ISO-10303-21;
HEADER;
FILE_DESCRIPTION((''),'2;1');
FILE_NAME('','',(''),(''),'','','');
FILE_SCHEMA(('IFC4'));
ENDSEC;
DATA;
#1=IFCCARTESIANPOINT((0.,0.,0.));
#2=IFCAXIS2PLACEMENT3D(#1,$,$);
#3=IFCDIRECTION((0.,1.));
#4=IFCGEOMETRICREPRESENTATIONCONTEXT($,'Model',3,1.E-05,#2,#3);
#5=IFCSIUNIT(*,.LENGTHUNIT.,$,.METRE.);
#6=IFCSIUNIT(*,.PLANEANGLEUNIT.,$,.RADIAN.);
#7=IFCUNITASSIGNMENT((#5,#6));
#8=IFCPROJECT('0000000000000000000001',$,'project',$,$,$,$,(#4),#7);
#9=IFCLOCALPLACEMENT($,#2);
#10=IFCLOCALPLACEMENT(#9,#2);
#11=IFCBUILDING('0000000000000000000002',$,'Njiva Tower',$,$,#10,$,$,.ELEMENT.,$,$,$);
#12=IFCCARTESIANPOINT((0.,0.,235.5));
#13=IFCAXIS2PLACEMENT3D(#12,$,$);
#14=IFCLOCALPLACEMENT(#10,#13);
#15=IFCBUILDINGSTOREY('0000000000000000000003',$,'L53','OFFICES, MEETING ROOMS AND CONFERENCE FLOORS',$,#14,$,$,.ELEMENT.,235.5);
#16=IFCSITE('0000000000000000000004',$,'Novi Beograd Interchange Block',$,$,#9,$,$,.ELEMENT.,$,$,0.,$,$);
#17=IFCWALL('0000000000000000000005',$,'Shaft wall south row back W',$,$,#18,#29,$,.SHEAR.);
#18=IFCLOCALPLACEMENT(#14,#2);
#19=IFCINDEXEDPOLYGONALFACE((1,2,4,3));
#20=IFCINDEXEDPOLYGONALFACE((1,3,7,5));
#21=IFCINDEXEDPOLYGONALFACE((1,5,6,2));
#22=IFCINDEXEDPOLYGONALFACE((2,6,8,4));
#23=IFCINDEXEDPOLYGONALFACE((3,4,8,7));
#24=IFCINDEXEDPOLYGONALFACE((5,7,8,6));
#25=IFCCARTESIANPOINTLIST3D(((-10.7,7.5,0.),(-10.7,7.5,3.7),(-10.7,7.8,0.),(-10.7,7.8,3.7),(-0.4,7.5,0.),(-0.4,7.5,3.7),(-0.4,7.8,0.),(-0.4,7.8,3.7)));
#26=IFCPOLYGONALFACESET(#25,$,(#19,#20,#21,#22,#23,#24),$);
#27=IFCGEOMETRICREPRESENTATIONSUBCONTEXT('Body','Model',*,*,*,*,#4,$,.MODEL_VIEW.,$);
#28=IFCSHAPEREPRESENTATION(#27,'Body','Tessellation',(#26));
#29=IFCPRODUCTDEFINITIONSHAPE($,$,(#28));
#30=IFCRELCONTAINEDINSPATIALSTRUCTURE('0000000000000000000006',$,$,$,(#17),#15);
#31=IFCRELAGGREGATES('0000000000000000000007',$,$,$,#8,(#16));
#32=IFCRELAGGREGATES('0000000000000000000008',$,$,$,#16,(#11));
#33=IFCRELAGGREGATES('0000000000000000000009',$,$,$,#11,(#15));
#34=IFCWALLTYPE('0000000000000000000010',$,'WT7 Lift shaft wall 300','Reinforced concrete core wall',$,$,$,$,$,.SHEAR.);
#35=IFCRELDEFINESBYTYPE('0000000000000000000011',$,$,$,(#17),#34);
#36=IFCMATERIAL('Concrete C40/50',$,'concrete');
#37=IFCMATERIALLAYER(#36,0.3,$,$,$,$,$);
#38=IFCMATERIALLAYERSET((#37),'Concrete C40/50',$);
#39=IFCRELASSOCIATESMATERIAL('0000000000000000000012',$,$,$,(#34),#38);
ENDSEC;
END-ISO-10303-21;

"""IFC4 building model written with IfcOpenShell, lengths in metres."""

from ifc_helpers import new_model, si_unit, direction, frame, frame_2d, origin, place, context, subcontext, project, spatial, rectangle, extrude, material, layer, layer_set, type_object, element, save


model = new_model("IFC4")

# Units and contexts
model_context = context("Model", 3, precision=1e-05, world=origin(), true_north=direction((0.0, 1.0)))
body_context = subcontext(model_context, "Body", "Model", "MODEL_VIEW")
ifc_project = project(units=[si_unit("LENGTHUNIT", "METRE"), si_unit("PLANEANGLEUNIT", "RADIAN")], contexts=[model_context])

# Site, building, storey
site_placement = place(None, origin())
site = spatial("IfcSite", under=ifc_project, at=site_placement, Name="Novi Beograd Interchange Block", CompositionType="ELEMENT", RefElevation=0.0)
building_placement = place(site_placement, origin())
building = spatial("IfcBuilding", under=site, at=building_placement, Name="Njiva Tower", CompositionType="ELEMENT")
storey_placement = place(building_placement, frame((0.0, 0.0, 235.5)))
storey = spatial("IfcBuildingStorey", under=building, at=storey_placement, Name="L53", Description="OFFICES, MEETING ROOMS AND CONFERENCE FLOORS", CompositionType="ELEMENT", Elevation=235.5)

# Shared definitions
ifc_material_1 = material(Name="Concrete C40/50", Category="concrete")

# Shared definitions
ifc_layer_1 = layer(ifc_material_1, 0.3)
ifc_layer_set_1 = layer_set([ifc_layer_1], Name="Concrete C40/50")
wall_type_1 = type_object("IfcWallType", Name="WT7 Lift shaft wall 300", Description="Reinforced concrete core wall", PredefinedType="SHEAR", material=ifc_layer_set_1)

# Wall
wall_1_placement = place(storey_placement, frame((-10.7, 7.65, 0.0), z_axis=(0.0, 0.0, 1.0), x_axis=(1.0, 0.0, 0.0)))
element("IfcWall", 1, at=wall_1_placement, inside=storey, type_object=wall_type_1, Name="Shaft wall south row back W", PredefinedType="SHEAR", context=body_context, shape_type="SweptSolid", body=[
    extrude(rectangle(XDim=10.3, YDim=0.3, at=frame_2d((5.15, 0.0))), origin(), (0.0, 0.0, 1.0), 3.7),
])

save(model, "model.ifc")
